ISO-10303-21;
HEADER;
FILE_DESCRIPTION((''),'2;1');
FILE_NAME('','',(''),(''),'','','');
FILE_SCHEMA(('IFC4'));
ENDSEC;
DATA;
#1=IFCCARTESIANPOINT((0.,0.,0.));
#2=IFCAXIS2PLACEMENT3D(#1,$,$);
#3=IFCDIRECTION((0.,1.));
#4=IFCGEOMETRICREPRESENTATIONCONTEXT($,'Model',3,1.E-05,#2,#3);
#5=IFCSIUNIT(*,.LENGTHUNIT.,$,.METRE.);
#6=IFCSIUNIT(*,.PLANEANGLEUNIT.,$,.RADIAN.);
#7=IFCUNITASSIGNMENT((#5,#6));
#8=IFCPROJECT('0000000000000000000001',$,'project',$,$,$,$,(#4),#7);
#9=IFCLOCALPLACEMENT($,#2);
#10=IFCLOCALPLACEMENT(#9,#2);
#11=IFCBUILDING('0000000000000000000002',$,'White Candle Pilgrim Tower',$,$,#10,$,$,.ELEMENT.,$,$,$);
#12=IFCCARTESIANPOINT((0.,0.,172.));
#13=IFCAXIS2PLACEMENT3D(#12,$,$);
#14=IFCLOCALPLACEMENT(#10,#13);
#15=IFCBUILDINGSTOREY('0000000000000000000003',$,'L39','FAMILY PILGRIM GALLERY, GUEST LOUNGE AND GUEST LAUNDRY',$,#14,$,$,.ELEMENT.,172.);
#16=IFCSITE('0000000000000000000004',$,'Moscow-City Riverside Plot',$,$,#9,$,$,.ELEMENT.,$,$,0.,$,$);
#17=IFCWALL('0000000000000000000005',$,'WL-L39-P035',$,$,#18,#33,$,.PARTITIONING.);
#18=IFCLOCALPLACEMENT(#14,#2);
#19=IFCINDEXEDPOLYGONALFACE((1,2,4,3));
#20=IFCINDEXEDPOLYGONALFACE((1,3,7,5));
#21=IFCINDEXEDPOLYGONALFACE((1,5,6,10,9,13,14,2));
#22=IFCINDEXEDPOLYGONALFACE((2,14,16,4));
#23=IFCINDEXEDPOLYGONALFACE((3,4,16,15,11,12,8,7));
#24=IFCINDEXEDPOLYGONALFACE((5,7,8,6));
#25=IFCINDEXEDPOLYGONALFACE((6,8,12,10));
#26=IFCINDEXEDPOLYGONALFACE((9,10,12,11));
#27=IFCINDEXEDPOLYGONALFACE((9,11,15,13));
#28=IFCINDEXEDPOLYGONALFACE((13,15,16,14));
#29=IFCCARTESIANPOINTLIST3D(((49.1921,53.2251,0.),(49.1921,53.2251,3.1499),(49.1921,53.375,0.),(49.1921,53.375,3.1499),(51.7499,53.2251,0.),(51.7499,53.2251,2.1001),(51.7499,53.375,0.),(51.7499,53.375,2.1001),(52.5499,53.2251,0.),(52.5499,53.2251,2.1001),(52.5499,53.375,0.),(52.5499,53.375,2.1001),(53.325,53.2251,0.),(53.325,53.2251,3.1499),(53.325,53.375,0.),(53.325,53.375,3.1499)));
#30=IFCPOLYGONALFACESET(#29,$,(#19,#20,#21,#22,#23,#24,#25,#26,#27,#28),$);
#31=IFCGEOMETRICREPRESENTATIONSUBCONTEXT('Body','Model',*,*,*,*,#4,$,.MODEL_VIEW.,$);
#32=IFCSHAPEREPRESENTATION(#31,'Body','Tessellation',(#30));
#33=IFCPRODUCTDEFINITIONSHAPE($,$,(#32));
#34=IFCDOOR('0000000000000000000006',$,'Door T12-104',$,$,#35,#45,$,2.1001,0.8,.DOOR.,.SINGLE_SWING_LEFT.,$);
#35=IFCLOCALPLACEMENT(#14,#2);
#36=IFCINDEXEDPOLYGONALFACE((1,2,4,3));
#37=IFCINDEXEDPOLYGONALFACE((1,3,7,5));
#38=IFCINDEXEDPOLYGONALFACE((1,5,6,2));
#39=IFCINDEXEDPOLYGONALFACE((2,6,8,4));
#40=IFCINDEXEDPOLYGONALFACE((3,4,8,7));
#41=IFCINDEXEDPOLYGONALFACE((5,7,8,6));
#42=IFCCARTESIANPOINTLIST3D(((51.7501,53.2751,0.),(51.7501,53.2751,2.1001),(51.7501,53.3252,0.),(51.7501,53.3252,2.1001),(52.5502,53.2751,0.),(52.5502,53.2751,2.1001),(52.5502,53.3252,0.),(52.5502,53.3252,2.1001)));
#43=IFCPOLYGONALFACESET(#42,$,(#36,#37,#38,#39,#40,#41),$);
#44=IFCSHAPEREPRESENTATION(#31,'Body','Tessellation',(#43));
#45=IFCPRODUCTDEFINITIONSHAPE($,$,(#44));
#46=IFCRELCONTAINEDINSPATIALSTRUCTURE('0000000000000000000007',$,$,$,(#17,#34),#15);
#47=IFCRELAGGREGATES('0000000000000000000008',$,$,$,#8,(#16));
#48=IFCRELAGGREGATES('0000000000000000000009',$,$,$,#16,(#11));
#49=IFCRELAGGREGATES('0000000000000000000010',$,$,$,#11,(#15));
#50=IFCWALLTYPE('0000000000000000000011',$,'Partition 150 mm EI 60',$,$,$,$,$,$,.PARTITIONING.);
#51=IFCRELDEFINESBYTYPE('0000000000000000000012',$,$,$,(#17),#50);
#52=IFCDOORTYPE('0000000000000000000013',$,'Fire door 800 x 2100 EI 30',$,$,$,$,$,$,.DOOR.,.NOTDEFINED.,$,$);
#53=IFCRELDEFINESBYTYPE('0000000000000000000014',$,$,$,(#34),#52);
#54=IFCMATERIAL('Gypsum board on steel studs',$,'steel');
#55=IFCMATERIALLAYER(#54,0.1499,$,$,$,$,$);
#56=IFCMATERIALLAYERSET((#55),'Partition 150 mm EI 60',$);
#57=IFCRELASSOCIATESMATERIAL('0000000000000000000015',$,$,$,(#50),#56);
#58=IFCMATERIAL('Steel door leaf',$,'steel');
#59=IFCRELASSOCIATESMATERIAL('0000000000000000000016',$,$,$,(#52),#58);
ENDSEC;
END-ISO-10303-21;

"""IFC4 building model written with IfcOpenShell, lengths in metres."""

from ifc_helpers import new_model, si_unit, direction, frame, frame_2d, origin, place, context, subcontext, project, spatial, rectangle, extrude, material, layer, layer_set, type_object, element, fill, save


model = new_model("IFC4")

# Units and contexts
model_context = context("Model", 3, precision=1e-05, world=origin(), true_north=direction((0.0, 1.0)))
body_context = subcontext(model_context, "Body", "Model", "MODEL_VIEW")
ifc_project = project(units=[si_unit("LENGTHUNIT", "METRE"), si_unit("PLANEANGLEUNIT", "RADIAN")], contexts=[model_context])

# Site, building, storey
site_placement = place(None, origin())
site = spatial("IfcSite", under=ifc_project, at=site_placement, Name="Moscow-City Riverside Plot", CompositionType="ELEMENT", RefElevation=0.0)
building_placement = place(site_placement, origin())
building = spatial("IfcBuilding", under=site, at=building_placement, Name="White Candle Pilgrim Tower", CompositionType="ELEMENT")
storey_placement = place(building_placement, frame((0.0, 0.0, 172.0)))
storey = spatial("IfcBuildingStorey", under=building, at=storey_placement, Name="L39", Description="FAMILY PILGRIM GALLERY, GUEST LOUNGE AND GUEST LAUNDRY", CompositionType="ELEMENT", Elevation=172.0)

# Shared definitions
ifc_material_1 = material(Name="Gypsum board on steel studs", Category="steel")
ifc_layer_1 = layer(ifc_material_1, 0.1499)
ifc_layer_set_1 = layer_set([ifc_layer_1], Name="Partition 150 mm EI 60")
wall_type_1 = type_object("IfcWallType", Name="Partition 150 mm EI 60", PredefinedType="PARTITIONING", material=ifc_layer_set_1)

# Wall, opening, door
wall_1_placement = place(storey_placement, frame((49.1921, 53.3, 0.0), z_axis=(0.0, 0.0, 1.0), x_axis=(1.0, 0.0, 0.0)))
wall_1 = element("IfcWall", 1, at=wall_1_placement, inside=storey, type_object=wall_type_1, Name="WL-L39-P035", PredefinedType="PARTITIONING", context=body_context, shape_type="SweptSolid", body=[
    extrude(rectangle(XDim=4.1328, YDim=0.1499, at=frame_2d((2.0664, 0.0))), origin(), (0.0, 0.0, 1.0), 3.1499),
])
opening_1_placement = place(wall_1_placement, frame((2.5579, 0.0, 0.0)))
opening_1 = element("IfcOpeningElement", 2, at=opening_1_placement, cuts=wall_1, PredefinedType="OPENING", context=body_context, shape_type="SweptSolid", body=[
    extrude(rectangle(XDim=0.8, YDim=2.1001, at=frame_2d((0.3999, 1.05))), frame((0.0, 0.085, 0.0), z_axis=(0.0, -1.0, 0.0), x_axis=(1.0, 0.0, 0.0)), (0.0, 0.0, 1.0), 0.1699),
])
ifc_material_2 = material(Name="Steel door leaf", Category="steel")
door_type = type_object("IfcDoorType", Name="Fire door 800 x 2100 EI 30", OperationType="NOTDEFINED", PredefinedType="DOOR", material=ifc_material_2)
door_placement = place(opening_1_placement, frame((0.8, 0.0, 0.0), z_axis=(0.0, 0.0, 1.0), x_axis=(-1.0, 0.0, 0.0)))
door = element("IfcDoor", 3, at=door_placement, inside=storey, type_object=door_type, Name="Door T12-104", OperationType="SINGLE_SWING_LEFT", OverallHeight=2.1001, OverallWidth=0.8, PredefinedType="DOOR", context=body_context, shape_type="SweptSolid", body=[
    extrude(rectangle(XDim=0.8, YDim=2.1001, at=frame_2d((0.3999, 1.05))), frame((0.0, 0.0249, 0.0), z_axis=(0.0, -1.0, 0.0), x_axis=(1.0, 0.0, 0.0)), (0.0, 0.0, 1.0), 0.05),
])
fill(opening_1, door)

save(model, "model.ifc")
